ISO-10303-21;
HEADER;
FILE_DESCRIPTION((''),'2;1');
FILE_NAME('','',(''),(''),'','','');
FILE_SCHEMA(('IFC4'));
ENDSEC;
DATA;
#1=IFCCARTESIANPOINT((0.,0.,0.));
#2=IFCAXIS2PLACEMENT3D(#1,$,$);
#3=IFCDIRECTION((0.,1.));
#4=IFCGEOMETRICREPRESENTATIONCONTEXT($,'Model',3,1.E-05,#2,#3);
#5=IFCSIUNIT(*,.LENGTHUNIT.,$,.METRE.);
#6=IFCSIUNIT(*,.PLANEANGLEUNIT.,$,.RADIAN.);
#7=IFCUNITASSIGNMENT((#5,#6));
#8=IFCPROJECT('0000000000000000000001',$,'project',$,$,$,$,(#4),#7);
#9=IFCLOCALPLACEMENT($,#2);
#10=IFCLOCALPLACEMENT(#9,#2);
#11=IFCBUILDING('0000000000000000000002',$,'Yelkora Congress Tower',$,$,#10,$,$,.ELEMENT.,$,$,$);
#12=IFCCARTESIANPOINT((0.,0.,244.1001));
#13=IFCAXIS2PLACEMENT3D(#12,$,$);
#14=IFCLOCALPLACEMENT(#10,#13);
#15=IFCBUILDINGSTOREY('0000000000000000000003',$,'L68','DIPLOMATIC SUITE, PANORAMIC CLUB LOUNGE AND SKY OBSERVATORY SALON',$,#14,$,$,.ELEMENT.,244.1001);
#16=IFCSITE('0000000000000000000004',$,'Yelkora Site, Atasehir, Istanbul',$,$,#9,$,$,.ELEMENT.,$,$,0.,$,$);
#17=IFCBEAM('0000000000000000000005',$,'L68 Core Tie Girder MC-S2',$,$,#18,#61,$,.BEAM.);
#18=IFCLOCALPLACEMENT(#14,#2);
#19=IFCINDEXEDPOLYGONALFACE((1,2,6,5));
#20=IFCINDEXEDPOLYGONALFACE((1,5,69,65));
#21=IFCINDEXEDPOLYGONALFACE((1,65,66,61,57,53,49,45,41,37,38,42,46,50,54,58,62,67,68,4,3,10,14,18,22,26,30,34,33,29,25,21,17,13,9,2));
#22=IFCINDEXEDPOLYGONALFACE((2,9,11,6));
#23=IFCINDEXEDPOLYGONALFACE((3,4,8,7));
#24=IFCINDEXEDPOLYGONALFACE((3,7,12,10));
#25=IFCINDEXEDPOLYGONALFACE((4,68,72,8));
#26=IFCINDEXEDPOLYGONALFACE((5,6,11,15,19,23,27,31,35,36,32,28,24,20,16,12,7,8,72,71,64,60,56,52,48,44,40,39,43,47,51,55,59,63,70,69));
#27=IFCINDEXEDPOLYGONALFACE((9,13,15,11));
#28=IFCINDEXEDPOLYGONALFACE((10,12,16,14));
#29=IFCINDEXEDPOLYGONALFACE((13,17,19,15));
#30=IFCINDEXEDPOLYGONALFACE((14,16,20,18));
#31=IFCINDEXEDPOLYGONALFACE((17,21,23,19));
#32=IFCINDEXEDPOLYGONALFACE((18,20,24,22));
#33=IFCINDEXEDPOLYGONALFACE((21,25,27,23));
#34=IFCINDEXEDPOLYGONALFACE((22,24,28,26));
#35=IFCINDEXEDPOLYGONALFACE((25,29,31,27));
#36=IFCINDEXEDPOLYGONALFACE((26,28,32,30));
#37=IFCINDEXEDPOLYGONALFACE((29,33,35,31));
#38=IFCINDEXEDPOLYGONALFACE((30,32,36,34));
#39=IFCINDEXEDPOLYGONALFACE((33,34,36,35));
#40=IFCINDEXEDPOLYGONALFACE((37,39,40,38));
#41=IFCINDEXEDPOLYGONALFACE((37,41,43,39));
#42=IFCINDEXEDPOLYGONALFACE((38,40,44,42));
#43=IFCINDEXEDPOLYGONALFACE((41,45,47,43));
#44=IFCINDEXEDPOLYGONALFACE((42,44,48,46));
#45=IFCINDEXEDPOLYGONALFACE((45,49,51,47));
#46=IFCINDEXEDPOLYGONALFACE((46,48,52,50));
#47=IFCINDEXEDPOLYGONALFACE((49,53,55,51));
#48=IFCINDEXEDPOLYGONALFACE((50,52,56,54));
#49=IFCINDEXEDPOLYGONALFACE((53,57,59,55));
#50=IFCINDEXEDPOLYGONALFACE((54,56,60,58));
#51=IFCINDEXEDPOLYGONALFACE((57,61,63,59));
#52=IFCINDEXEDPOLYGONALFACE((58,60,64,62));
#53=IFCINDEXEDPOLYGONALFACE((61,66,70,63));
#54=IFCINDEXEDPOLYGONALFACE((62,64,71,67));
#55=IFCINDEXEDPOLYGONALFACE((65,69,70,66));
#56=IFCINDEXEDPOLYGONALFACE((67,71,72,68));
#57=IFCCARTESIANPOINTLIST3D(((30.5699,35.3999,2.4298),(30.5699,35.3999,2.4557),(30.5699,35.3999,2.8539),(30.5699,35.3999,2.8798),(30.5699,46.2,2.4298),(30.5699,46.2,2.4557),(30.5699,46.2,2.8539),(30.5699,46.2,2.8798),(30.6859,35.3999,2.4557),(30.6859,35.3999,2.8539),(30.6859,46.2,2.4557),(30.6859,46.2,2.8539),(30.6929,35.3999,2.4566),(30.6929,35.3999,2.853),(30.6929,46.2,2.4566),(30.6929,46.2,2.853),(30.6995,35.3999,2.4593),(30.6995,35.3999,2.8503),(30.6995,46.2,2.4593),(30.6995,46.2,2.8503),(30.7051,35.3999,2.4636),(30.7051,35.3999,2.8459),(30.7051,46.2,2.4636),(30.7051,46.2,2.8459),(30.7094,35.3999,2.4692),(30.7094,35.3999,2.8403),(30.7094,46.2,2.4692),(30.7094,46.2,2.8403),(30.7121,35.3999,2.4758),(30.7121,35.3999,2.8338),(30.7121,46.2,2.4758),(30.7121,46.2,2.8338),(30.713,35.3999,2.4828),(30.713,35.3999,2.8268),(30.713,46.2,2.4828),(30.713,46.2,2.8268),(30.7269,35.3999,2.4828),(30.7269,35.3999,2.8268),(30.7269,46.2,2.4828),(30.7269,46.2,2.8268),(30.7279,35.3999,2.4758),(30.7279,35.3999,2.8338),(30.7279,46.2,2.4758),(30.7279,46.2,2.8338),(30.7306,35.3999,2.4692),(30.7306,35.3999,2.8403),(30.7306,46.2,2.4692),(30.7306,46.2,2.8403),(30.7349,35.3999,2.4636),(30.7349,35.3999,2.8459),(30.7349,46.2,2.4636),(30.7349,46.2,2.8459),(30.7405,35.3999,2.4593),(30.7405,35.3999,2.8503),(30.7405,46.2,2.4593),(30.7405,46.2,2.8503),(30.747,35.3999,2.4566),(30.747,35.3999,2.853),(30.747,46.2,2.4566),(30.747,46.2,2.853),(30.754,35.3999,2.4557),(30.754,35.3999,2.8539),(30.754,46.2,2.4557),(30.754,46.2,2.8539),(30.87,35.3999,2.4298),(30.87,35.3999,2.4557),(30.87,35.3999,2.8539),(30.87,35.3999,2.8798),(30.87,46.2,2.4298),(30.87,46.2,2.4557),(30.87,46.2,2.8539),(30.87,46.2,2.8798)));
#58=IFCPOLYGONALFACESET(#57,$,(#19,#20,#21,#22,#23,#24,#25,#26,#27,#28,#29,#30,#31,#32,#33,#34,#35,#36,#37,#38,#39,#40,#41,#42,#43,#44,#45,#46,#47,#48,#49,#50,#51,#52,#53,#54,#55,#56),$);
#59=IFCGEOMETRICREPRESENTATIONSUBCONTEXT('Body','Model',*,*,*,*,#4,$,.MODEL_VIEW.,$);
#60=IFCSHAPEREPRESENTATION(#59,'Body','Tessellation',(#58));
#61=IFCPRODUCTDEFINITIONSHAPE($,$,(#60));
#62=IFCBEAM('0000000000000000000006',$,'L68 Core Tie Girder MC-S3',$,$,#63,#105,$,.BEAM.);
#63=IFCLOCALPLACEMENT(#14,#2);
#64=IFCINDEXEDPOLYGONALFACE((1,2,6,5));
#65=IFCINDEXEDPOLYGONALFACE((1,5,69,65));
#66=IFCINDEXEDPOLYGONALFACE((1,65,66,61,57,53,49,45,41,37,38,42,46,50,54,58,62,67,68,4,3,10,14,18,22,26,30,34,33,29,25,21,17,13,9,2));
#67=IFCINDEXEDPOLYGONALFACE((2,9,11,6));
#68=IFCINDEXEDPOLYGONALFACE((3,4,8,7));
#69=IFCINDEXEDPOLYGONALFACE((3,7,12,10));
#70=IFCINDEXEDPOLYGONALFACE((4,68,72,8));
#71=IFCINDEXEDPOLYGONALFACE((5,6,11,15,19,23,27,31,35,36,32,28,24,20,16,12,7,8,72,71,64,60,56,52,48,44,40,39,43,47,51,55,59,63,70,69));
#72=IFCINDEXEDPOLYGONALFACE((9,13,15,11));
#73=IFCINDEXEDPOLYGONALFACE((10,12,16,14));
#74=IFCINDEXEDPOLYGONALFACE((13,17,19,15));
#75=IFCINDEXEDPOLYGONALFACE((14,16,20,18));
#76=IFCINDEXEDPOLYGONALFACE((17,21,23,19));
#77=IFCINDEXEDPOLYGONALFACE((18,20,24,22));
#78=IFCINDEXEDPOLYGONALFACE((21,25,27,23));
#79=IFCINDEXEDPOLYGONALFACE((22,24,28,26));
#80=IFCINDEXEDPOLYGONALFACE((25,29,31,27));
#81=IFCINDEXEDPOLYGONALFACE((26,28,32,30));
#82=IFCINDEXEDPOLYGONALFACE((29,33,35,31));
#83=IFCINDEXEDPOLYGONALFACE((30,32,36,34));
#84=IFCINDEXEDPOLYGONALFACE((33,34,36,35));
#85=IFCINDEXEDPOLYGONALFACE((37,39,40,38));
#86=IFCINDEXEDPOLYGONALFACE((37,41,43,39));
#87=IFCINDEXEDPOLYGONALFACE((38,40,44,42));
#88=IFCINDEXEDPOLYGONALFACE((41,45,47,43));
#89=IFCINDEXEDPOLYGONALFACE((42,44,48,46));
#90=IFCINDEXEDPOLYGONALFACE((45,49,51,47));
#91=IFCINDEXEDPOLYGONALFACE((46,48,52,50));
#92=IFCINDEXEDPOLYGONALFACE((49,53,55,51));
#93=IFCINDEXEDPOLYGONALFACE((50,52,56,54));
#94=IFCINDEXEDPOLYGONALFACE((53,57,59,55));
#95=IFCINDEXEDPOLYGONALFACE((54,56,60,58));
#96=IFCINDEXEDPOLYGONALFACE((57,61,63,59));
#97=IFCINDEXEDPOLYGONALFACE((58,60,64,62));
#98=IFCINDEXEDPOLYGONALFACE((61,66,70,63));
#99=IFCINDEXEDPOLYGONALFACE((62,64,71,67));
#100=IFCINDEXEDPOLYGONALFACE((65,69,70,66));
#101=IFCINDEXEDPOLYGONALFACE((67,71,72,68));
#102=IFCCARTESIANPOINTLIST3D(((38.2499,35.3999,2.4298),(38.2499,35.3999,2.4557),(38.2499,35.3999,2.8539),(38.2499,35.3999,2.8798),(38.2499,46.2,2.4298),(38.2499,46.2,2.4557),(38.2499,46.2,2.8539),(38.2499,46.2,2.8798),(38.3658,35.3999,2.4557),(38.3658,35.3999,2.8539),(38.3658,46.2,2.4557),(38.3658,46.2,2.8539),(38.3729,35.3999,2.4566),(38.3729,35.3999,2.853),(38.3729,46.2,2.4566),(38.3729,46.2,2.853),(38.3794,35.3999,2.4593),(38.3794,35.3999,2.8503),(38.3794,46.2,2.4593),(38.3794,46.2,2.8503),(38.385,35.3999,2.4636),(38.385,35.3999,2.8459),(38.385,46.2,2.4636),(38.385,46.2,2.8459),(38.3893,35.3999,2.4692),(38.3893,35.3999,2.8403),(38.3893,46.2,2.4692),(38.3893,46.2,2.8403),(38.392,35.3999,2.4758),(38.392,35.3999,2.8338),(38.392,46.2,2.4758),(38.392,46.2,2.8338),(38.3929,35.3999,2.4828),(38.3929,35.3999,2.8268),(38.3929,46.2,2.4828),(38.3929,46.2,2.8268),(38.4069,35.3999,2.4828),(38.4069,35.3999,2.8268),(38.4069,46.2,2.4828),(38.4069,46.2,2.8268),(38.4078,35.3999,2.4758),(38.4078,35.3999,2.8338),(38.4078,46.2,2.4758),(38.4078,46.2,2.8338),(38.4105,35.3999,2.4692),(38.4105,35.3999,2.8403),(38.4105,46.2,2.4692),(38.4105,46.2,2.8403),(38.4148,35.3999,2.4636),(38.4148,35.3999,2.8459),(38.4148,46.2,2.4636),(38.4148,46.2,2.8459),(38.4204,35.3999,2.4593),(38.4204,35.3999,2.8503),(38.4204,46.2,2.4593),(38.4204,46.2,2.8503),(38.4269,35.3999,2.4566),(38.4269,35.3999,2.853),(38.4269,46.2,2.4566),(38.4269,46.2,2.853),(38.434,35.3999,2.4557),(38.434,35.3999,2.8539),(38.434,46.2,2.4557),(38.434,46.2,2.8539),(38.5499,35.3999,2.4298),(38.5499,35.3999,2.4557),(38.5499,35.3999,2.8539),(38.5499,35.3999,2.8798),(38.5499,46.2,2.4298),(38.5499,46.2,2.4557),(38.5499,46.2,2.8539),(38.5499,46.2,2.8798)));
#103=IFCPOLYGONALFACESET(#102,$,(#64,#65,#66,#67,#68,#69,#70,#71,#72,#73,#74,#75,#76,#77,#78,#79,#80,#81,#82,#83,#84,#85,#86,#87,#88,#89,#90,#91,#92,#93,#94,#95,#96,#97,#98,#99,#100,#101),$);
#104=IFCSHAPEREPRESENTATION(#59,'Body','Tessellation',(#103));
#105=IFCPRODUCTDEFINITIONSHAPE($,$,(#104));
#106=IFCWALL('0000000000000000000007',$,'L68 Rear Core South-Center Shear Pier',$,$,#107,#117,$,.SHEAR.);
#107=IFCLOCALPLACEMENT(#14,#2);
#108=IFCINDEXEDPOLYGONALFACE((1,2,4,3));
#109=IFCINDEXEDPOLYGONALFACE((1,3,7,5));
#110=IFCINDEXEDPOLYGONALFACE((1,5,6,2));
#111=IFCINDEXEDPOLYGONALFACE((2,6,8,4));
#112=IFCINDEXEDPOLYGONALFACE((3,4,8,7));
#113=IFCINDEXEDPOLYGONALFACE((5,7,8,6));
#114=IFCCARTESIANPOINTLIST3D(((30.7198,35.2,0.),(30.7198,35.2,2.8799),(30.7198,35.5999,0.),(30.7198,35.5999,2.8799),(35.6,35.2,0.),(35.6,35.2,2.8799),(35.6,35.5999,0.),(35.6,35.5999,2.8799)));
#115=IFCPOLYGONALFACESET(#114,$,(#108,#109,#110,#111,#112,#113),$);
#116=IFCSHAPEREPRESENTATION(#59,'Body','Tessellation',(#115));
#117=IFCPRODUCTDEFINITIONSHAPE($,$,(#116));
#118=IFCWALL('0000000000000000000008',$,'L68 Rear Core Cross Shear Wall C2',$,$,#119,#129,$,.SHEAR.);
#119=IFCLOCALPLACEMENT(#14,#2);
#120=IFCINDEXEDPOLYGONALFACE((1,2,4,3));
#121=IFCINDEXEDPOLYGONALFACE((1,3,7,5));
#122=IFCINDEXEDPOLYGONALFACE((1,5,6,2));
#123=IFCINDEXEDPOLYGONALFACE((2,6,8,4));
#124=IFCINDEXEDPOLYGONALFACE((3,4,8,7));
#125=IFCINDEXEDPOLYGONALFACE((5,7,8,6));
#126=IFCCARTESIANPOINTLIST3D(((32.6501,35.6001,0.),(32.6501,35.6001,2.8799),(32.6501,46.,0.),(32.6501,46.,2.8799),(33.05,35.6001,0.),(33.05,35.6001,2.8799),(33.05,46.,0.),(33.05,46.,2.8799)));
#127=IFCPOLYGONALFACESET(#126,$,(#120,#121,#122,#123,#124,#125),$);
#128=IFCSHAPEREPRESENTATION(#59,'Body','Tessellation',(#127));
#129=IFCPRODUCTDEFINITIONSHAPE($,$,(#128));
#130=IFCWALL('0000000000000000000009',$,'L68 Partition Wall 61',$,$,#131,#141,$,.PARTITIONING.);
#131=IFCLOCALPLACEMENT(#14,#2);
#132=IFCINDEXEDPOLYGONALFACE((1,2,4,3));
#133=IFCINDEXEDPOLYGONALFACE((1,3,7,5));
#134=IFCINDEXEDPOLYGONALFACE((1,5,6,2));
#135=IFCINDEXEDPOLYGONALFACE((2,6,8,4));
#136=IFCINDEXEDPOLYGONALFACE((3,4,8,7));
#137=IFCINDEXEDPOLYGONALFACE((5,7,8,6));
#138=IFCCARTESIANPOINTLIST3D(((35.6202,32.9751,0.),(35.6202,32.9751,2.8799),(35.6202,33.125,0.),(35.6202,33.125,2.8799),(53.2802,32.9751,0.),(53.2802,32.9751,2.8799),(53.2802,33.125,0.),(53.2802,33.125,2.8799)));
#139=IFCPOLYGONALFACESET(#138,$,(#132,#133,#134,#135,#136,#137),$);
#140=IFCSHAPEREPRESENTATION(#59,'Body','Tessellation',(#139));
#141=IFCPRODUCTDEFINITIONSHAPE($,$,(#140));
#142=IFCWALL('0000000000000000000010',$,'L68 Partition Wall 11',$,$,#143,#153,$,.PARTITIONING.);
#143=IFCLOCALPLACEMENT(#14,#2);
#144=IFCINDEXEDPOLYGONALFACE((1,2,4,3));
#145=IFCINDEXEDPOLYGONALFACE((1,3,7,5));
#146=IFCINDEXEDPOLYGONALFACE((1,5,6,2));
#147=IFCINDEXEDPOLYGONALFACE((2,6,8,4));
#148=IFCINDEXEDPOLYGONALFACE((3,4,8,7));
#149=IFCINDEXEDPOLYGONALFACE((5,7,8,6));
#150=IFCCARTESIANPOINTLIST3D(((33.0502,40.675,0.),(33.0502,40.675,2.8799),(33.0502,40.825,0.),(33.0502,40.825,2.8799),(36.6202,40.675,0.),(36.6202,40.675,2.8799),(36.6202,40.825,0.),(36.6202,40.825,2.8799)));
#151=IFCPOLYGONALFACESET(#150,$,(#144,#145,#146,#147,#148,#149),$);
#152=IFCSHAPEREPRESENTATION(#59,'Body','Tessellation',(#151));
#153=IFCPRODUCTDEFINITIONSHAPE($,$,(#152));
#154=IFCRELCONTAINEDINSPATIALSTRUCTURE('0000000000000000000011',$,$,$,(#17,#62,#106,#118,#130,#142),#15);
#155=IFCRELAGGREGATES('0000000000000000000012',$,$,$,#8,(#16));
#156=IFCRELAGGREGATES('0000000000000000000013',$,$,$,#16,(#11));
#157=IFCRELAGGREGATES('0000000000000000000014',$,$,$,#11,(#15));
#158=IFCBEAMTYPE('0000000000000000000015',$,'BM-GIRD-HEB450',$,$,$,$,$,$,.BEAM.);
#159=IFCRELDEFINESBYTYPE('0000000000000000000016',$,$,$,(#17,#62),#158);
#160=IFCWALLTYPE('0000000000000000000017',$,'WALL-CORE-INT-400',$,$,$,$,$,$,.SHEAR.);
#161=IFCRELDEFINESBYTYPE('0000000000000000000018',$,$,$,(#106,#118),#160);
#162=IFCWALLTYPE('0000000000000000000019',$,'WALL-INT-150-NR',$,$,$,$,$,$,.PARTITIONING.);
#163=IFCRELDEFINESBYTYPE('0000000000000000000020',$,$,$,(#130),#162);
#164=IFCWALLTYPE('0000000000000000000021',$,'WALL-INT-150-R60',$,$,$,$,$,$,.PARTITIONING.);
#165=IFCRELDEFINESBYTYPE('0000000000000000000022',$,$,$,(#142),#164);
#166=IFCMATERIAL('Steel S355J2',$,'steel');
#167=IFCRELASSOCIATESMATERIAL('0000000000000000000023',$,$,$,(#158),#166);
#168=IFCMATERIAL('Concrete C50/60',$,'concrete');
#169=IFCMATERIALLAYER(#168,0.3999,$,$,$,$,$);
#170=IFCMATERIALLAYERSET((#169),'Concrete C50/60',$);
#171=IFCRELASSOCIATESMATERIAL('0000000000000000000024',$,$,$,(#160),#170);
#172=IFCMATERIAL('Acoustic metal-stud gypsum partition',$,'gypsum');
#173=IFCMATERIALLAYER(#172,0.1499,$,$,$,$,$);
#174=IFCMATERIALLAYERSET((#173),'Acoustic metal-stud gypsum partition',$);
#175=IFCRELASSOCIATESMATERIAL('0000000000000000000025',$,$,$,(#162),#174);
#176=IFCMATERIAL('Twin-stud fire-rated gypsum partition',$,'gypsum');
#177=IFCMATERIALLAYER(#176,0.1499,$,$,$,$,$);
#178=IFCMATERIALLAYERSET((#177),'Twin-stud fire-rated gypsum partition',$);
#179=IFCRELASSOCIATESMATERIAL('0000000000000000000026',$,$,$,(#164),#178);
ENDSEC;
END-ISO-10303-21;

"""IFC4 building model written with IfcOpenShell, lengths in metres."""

from ifc_helpers import new_model, si_unit, direction, frame, frame_2d, origin, origin_2d, place, context, subcontext, project, spatial, rectangle, i_section, extrude, material, layer, layer_set, material_profile, profile_set, type_object, element, save


model = new_model("IFC4")

# Units and contexts
model_context = context("Model", 3, precision=1e-05, world=origin(), true_north=direction((0.0, 1.0)))
body_context = subcontext(model_context, "Body", "Model", "MODEL_VIEW")
ifc_project = project(units=[si_unit("LENGTHUNIT", "METRE"), si_unit("PLANEANGLEUNIT", "RADIAN")], contexts=[model_context])

# Site, building, storey
site_placement = place(None, origin())
site = spatial("IfcSite", under=ifc_project, at=site_placement, Name="Yelkora Site, Atasehir, Istanbul", CompositionType="ELEMENT", RefElevation=0.0)
building_placement = place(site_placement, origin())
building = spatial("IfcBuilding", under=site, at=building_placement, Name="Yelkora Congress Tower", CompositionType="ELEMENT")
storey_placement = place(building_placement, frame((0.0, 0.0, 244.1001)))
storey = spatial("IfcBuildingStorey", under=building, at=storey_placement, Name="L68", Description="DIPLOMATIC SUITE, PANORAMIC CLUB LOUNGE AND SKY OBSERVATORY SALON", CompositionType="ELEMENT", Elevation=244.1001)

# Beams
ifc_material_1 = material(Name="Steel S355J2", Category="steel")
ifc_material_profile_1 = material_profile(ifc_material_1, i_section(OverallWidth=0.3, OverallDepth=0.45, WebThickness=0.0139, FlangeThickness=0.0259, FilletRadius=0.0271, at=origin_2d()), Name="HEB 450")
ifc_profile_set_1 = profile_set([ifc_material_profile_1], Name="Steel S355J2")
beam_type = type_object("IfcBeamType", Name="BM-GIRD-HEB450", PredefinedType="BEAM", material=ifc_profile_set_1)
for number, where, z_axis, x_axis, name in (
    (1, (30.72, 35.3999, 2.6548), (0.0, 1.0, 0.0), (-1.0, 0.0, 0.0), "L68 Core Tie Girder MC-S2"),
    (2, (38.3999, 35.3999, 2.6548), (0.0, 1.0, 0.0), (-1.0, 0.0, 0.0), "L68 Core Tie Girder MC-S3"),
):
    element("IfcBeam", number, at=place(storey_placement, frame(where, z_axis=z_axis, x_axis=x_axis)), inside=storey, type_object=beam_type, Name=name, PredefinedType="BEAM", context=body_context, shape_type="SweptSolid", body=[
        extrude(i_section(OverallWidth=0.3, OverallDepth=0.45, WebThickness=0.0139, FlangeThickness=0.0259, FilletRadius=0.0271, at=origin_2d()), origin(), (0.0, 0.0, 1.0), 10.8),
    ])

# Wall
ifc_material_2 = material(Name="Concrete C50/60", Category="concrete")
ifc_layer_1 = layer(ifc_material_2, 0.3999)
ifc_layer_set_1 = layer_set([ifc_layer_1], Name="Concrete C50/60")
wall_type_1 = type_object("IfcWallType", Name="WALL-CORE-INT-400", PredefinedType="SHEAR", material=ifc_layer_set_1)
wall_1_placement = place(storey_placement, frame((30.72, 35.3999, 0.0), z_axis=(0.0, 0.0, 1.0), x_axis=(1.0, 0.0, 0.0)))
element("IfcWall", 3, at=wall_1_placement, inside=storey, type_object=wall_type_1, Name="L68 Rear Core South-Center Shear Pier", PredefinedType="SHEAR", context=body_context, shape_type="SweptSolid", body=[
    extrude(rectangle(XDim=4.8801, YDim=0.3999, at=frame_2d((2.4399, 0.0))), origin(), (0.0, 0.0, 1.0), 2.8799),
])

# Walls
wall_2_placement = place(storey_placement, frame((32.8501, 35.6001, 0.0), z_axis=(0.0, 0.0, 1.0), x_axis=(0.0, 1.0, 0.0)))
element("IfcWall", 4, at=wall_2_placement, inside=storey, type_object=wall_type_1, Name="L68 Rear Core Cross Shear Wall C2", PredefinedType="SHEAR", context=body_context, shape_type="SweptSolid", body=[
    extrude(rectangle(XDim=10.3999, YDim=0.3999, at=frame_2d((5.2, 0.0))), origin(), (0.0, 0.0, 1.0), 2.8799),
])
ifc_material_3 = material(Name="Acoustic metal-stud gypsum partition", Category="gypsum")
ifc_layer_2 = layer(ifc_material_3, 0.1499)
ifc_layer_set_2 = layer_set([ifc_layer_2], Name="Acoustic metal-stud gypsum partition")
wall_type_2 = type_object("IfcWallType", Name="WALL-INT-150-NR", PredefinedType="PARTITIONING", material=ifc_layer_set_2)
wall_3_placement = place(storey_placement, frame((35.6201, 33.05, 0.0), z_axis=(0.0, 0.0, 1.0), x_axis=(1.0, 0.0, 0.0)))
element("IfcWall", 5, at=wall_3_placement, inside=storey, type_object=wall_type_2, Name="L68 Partition Wall 61", PredefinedType="PARTITIONING", context=body_context, shape_type="SweptSolid", body=[
    extrude(rectangle(XDim=17.6599, YDim=0.1499, at=frame_2d((8.8301, 0.0))), origin(), (0.0, 0.0, 1.0), 2.8799),
])
ifc_material_4 = material(Name="Twin-stud fire-rated gypsum partition", Category="gypsum")
ifc_layer_3 = layer(ifc_material_4, 0.1499)
ifc_layer_set_3 = layer_set([ifc_layer_3], Name="Twin-stud fire-rated gypsum partition")
wall_type_3 = type_object("IfcWallType", Name="WALL-INT-150-R60", PredefinedType="PARTITIONING", material=ifc_layer_set_3)
wall_4_placement = place(storey_placement, frame((33.05, 40.75, 0.0), z_axis=(0.0, 0.0, 1.0), x_axis=(1.0, 0.0, 0.0)))
element("IfcWall", 6, at=wall_4_placement, inside=storey, type_object=wall_type_3, Name="L68 Partition Wall 11", PredefinedType="PARTITIONING", context=body_context, shape_type="SweptSolid", body=[
    extrude(rectangle(XDim=3.5701, YDim=0.1499, at=frame_2d((1.7852, 0.0))), origin(), (0.0, 0.0, 1.0), 2.8799),
])

save(model, "model.ifc")
